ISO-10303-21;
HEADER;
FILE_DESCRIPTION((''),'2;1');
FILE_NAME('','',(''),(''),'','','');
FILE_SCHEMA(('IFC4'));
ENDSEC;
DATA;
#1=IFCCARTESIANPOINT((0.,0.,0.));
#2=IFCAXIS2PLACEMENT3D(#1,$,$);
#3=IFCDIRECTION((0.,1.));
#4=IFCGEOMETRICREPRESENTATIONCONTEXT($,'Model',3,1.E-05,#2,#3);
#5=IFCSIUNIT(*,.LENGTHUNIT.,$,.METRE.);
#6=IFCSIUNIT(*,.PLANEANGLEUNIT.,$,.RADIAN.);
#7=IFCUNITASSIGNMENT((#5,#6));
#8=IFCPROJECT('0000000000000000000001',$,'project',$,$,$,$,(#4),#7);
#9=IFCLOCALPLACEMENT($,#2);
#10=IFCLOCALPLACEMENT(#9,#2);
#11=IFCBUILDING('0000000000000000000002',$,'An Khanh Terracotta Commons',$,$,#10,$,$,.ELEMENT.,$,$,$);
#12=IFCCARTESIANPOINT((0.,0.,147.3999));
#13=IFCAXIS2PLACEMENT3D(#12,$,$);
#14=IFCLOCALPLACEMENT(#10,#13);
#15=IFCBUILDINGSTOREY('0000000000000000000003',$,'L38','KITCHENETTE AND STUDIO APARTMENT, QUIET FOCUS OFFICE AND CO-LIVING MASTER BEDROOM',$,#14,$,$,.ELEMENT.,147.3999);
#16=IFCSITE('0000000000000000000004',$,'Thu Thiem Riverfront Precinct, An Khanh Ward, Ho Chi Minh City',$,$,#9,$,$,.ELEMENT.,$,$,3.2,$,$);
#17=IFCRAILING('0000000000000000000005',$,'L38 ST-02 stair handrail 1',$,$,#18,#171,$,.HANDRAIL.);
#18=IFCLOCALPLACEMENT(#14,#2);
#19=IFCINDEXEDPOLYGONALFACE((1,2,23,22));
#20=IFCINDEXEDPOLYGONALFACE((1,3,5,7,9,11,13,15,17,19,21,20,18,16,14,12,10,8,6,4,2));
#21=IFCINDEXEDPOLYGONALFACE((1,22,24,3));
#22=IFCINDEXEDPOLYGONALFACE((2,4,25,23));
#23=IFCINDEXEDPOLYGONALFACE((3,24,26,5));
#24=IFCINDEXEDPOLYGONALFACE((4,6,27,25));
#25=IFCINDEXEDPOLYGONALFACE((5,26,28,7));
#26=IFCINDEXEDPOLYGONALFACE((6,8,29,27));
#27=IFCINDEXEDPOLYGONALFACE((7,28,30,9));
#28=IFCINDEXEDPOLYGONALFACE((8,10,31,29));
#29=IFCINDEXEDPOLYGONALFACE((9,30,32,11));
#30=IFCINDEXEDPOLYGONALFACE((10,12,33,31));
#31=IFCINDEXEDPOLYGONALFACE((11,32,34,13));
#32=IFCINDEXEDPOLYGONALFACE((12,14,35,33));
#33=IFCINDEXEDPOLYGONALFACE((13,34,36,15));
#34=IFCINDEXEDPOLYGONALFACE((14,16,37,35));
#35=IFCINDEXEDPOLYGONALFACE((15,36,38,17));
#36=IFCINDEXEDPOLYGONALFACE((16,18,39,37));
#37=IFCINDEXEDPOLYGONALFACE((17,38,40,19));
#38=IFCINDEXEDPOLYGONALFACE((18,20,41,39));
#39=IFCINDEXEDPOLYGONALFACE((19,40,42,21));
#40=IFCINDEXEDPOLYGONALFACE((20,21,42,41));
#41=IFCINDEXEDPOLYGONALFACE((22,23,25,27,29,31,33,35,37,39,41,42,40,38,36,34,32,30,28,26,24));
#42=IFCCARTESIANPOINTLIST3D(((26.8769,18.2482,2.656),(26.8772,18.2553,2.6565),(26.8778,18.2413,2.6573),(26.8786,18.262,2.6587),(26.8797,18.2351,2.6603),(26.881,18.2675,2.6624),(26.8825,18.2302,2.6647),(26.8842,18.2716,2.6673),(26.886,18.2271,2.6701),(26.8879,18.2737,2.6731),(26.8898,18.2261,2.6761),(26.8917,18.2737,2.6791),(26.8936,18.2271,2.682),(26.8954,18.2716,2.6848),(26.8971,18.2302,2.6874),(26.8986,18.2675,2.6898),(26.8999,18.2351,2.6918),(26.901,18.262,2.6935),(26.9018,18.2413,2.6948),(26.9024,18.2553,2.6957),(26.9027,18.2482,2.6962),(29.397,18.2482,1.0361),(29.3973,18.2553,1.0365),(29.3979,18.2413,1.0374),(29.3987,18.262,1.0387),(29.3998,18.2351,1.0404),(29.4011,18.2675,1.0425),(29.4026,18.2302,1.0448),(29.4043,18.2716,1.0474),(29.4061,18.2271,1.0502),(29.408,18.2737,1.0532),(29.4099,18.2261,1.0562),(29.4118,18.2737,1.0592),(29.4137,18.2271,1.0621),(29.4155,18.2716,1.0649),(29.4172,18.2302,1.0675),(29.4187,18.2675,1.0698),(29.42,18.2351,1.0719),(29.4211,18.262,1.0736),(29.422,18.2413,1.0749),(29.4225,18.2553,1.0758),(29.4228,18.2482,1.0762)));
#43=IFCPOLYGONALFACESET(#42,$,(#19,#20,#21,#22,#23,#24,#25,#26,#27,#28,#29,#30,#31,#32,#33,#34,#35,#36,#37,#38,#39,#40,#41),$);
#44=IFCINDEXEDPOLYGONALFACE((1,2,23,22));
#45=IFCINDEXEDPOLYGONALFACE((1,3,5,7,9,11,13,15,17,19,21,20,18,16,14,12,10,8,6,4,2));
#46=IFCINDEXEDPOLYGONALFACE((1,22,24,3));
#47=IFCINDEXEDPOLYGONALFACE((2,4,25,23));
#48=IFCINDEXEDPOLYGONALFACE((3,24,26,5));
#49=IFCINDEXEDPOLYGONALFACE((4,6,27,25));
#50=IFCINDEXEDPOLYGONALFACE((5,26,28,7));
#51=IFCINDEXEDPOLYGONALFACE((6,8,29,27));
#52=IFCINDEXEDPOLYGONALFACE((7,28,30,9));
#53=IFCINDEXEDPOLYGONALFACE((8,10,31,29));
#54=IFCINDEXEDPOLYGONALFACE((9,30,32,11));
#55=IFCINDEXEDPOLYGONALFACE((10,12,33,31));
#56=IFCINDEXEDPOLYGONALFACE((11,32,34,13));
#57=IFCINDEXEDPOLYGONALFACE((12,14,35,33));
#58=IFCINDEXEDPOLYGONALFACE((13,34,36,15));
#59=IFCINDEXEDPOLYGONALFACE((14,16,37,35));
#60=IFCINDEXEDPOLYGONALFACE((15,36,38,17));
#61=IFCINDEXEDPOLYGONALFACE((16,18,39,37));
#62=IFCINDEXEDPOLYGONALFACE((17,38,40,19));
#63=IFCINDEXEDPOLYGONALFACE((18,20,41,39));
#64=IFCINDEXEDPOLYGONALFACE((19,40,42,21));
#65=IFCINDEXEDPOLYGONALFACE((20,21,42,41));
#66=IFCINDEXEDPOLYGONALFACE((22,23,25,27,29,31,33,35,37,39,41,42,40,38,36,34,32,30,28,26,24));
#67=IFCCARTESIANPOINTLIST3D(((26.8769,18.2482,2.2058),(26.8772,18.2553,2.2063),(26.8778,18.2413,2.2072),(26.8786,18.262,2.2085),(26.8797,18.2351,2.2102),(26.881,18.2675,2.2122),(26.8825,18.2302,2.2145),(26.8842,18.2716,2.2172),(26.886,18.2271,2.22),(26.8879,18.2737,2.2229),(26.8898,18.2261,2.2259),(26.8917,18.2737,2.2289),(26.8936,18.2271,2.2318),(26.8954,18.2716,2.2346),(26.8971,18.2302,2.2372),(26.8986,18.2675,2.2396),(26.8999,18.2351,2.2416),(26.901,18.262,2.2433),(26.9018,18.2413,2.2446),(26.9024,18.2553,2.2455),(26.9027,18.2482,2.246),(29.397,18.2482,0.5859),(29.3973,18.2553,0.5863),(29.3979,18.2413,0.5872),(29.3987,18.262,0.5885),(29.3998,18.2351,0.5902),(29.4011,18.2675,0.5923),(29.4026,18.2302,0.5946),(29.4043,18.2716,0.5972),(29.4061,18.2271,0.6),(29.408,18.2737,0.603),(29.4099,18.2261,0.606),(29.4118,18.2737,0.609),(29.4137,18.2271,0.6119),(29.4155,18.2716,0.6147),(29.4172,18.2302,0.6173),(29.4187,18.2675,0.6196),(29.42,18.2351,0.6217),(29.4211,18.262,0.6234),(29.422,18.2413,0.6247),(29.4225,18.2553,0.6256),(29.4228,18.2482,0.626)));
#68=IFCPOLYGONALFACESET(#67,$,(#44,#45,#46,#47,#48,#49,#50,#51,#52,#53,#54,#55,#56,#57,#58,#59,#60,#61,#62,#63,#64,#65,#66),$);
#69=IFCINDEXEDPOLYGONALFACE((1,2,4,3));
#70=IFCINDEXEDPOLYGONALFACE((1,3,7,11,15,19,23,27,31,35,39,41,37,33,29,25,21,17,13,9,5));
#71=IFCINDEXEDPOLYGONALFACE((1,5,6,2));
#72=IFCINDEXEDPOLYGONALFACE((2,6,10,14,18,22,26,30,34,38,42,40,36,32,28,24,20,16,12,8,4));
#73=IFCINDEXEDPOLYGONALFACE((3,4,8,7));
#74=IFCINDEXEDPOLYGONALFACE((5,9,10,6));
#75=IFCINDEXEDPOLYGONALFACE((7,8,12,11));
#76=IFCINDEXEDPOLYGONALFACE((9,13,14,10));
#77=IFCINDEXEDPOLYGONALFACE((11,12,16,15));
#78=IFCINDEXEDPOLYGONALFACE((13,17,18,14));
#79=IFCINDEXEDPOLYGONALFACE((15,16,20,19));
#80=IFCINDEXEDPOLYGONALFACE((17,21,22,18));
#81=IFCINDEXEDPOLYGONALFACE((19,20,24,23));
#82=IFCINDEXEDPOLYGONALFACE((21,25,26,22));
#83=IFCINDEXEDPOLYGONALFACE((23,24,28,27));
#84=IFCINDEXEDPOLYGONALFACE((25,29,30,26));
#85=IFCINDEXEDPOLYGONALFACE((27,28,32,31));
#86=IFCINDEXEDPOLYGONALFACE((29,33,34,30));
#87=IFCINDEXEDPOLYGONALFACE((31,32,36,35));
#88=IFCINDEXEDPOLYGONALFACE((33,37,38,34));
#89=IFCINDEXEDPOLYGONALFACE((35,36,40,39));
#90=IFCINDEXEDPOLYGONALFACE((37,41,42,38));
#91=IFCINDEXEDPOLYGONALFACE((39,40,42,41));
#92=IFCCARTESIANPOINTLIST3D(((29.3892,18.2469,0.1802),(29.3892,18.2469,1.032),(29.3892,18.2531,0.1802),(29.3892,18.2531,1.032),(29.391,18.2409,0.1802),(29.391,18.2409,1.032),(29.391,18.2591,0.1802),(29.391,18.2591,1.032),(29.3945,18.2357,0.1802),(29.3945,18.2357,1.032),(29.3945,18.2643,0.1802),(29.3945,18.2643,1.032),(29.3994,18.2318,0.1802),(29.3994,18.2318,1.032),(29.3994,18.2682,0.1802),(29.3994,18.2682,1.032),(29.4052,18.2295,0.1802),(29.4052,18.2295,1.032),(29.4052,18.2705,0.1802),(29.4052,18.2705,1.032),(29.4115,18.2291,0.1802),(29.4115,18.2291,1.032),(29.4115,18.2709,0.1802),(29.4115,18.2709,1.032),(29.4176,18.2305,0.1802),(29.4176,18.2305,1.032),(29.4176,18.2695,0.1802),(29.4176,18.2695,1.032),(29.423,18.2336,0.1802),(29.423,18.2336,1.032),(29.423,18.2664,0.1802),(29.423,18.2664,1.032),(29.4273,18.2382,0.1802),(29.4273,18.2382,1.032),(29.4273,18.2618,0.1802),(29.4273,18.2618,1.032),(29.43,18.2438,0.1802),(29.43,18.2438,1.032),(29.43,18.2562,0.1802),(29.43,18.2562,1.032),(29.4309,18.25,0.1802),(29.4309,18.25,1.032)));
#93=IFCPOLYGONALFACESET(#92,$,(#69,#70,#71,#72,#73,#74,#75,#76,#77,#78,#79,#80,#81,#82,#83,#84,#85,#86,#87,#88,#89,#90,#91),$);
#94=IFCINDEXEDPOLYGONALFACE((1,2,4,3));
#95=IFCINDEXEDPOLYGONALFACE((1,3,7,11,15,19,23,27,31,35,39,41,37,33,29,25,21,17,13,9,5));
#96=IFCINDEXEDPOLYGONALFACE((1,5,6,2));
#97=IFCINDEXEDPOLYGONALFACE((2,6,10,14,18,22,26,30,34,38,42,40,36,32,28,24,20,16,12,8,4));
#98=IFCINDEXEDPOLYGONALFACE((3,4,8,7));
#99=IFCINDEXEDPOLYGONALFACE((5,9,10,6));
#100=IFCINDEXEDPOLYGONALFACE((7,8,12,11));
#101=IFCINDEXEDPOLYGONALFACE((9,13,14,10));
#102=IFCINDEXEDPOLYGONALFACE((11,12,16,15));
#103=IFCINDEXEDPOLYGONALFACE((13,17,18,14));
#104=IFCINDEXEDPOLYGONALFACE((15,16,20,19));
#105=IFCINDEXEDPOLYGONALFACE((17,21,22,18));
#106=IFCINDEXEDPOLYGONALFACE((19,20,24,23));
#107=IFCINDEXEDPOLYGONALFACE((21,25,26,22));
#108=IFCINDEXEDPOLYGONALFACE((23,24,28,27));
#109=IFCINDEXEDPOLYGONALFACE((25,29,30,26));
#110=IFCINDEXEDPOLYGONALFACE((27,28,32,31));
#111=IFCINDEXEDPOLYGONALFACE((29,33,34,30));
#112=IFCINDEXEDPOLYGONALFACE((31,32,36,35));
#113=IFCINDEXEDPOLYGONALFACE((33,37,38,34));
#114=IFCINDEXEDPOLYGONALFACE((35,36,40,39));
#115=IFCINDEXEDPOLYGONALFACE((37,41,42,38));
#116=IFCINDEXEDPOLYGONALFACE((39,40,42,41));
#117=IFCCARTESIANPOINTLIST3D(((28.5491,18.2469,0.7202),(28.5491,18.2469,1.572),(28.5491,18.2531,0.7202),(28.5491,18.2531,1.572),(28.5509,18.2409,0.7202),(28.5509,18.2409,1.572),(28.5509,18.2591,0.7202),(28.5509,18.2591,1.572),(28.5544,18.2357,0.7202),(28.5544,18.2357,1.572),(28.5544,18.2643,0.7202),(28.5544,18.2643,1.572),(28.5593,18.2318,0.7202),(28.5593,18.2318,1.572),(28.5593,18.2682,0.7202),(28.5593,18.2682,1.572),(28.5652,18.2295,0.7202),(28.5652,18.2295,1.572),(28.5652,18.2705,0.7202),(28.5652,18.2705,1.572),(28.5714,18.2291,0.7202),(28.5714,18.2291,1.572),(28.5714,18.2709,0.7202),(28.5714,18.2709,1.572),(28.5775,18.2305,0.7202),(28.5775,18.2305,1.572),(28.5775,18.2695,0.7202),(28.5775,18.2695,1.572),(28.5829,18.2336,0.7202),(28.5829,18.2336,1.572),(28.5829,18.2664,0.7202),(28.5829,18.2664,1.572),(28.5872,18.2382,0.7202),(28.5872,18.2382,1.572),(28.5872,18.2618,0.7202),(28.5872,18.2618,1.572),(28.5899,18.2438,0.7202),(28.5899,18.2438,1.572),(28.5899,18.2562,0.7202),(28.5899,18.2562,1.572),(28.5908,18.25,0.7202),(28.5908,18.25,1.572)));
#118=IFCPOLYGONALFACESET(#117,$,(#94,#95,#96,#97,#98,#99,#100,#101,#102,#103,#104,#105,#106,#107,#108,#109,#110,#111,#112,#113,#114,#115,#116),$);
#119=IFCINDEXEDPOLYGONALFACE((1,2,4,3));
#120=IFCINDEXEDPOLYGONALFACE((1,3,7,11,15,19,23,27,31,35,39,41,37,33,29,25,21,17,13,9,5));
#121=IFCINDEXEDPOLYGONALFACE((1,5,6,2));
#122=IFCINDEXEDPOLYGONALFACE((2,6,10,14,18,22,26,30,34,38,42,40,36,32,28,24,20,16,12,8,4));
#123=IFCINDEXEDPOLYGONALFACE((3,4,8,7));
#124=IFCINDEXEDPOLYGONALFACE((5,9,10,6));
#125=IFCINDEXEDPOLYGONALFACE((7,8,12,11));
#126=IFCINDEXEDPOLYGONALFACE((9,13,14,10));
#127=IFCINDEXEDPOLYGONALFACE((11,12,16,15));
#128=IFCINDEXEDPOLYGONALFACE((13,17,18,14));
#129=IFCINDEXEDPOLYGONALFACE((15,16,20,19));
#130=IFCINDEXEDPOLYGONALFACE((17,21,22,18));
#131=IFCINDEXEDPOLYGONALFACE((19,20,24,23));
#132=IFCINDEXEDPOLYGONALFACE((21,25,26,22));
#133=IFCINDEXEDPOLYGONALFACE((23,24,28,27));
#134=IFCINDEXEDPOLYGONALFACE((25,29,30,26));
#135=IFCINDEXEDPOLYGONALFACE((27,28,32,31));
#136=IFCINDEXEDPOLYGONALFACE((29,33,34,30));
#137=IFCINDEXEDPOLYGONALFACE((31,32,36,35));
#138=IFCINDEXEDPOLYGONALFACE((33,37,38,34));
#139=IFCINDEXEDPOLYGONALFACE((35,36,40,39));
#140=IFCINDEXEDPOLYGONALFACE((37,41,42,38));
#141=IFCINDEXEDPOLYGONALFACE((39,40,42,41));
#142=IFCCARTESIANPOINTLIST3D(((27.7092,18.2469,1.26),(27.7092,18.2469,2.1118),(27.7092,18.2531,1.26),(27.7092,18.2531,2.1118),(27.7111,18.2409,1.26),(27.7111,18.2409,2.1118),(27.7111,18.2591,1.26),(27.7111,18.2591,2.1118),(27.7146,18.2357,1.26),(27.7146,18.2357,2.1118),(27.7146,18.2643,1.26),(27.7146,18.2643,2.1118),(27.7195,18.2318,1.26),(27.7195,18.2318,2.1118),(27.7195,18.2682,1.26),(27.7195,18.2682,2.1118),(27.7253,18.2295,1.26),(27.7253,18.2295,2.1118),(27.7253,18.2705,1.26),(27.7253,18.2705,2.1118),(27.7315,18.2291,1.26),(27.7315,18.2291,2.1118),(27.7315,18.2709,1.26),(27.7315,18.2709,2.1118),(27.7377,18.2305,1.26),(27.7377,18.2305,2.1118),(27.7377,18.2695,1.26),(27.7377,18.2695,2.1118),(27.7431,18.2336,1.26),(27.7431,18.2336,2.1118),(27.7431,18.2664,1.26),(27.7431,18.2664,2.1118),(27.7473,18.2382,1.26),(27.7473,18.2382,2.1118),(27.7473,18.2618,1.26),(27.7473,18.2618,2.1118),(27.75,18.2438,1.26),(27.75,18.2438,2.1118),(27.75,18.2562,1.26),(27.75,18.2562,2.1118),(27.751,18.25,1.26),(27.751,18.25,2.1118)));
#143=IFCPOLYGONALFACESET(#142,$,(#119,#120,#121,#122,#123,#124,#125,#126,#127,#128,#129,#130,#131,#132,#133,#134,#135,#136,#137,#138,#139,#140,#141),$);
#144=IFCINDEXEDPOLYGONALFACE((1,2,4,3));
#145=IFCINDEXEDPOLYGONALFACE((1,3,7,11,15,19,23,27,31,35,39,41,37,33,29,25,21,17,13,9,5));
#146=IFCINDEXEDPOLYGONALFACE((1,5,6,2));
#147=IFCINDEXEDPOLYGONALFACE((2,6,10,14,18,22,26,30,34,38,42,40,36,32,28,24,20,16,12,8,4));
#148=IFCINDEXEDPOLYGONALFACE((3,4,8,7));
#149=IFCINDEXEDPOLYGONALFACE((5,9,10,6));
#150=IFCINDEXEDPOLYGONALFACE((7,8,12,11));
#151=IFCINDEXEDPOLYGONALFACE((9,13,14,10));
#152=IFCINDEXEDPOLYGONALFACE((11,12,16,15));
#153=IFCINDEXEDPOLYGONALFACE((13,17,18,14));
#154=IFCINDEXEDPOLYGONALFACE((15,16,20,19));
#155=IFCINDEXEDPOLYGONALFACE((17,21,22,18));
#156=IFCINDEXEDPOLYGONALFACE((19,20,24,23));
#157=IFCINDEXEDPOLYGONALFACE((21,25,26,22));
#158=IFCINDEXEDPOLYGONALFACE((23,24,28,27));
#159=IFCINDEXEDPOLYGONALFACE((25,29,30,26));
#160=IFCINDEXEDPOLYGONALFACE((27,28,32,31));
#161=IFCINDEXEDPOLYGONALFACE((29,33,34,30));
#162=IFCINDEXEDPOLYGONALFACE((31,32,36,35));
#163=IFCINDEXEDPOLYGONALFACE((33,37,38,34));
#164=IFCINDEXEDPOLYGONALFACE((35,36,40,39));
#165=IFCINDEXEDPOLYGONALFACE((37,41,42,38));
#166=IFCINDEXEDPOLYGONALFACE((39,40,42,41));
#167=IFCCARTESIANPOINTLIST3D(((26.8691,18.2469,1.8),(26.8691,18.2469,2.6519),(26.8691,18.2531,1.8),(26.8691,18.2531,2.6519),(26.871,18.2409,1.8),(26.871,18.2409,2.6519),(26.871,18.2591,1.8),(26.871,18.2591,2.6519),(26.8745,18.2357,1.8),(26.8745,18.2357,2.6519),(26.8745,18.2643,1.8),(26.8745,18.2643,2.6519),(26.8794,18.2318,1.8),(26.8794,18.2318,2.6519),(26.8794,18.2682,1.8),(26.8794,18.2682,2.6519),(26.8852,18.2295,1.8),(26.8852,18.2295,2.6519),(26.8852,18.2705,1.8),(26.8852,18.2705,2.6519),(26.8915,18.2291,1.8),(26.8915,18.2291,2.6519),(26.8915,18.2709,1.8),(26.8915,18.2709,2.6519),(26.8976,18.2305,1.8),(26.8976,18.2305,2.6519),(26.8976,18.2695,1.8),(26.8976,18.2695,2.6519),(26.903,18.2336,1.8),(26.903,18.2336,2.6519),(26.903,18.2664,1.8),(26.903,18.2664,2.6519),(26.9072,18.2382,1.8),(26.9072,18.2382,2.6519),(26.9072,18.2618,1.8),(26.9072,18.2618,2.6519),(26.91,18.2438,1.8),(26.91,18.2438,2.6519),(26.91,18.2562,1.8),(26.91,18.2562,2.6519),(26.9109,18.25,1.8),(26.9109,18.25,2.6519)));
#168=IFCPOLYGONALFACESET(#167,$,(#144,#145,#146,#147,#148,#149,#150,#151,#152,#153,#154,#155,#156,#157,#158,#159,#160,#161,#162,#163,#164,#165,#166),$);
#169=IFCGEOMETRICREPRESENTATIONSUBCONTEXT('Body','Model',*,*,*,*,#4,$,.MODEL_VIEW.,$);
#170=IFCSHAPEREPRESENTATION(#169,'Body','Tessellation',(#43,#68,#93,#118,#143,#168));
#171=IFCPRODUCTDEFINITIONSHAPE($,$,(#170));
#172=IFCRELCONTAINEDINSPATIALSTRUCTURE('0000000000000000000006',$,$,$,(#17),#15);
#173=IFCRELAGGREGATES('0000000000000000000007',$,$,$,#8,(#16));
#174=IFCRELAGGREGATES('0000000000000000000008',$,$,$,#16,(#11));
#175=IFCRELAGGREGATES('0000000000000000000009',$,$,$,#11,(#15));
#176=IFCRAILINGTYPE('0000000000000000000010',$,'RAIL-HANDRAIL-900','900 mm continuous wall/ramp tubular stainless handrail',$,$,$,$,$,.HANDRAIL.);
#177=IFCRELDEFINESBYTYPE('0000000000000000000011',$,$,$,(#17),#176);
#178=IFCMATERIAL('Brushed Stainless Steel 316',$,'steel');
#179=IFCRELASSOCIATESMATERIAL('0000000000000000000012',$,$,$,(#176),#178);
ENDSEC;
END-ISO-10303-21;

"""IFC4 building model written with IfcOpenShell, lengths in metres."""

from ifc_helpers import new_model, si_unit, direction, frame, origin, origin_2d, place, context, subcontext, project, spatial, circle, extrude, material, type_object, element, save


model = new_model("IFC4")

# Units and contexts
model_context = context("Model", 3, precision=1e-05, world=origin(), true_north=direction((0.0, 1.0)))
body_context = subcontext(model_context, "Body", "Model", "MODEL_VIEW")
ifc_project = project(units=[si_unit("LENGTHUNIT", "METRE"), si_unit("PLANEANGLEUNIT", "RADIAN")], contexts=[model_context])

# Site, building, storey
site_placement = place(None, origin())
site = spatial("IfcSite", under=ifc_project, at=site_placement, Name="Thu Thiem Riverfront Precinct, An Khanh Ward, Ho Chi Minh City", CompositionType="ELEMENT", RefElevation=3.2)
building_placement = place(site_placement, origin())
building = spatial("IfcBuilding", under=site, at=building_placement, Name="An Khanh Terracotta Commons", CompositionType="ELEMENT")
storey_placement = place(building_placement, frame((0.0, 0.0, 147.3999)))
storey = spatial("IfcBuildingStorey", under=building, at=storey_placement, Name="L38", Description="KITCHENETTE AND STUDIO APARTMENT, QUIET FOCUS OFFICE AND CO-LIVING MASTER BEDROOM", CompositionType="ELEMENT", Elevation=147.3999)

# Railing
ifc_material_1 = material(Name="Brushed Stainless Steel 316", Category="steel")
railing_type_1 = type_object("IfcRailingType", Name="RAIL-HANDRAIL-900", Description="900 mm continuous wall/ramp tubular stainless handrail", PredefinedType="HANDRAIL", material=ifc_material_1)
railing_1_placement = place(storey_placement, frame((29.4099, 18.25, 0.1802)))
element("IfcRailing", 1, at=railing_1_placement, inside=storey, type_object=railing_type_1, Name="L38 ST-02 stair handrail 1", PredefinedType="HANDRAIL", context=body_context, shape_type="SweptSolid", body=[
    extrude(circle(Radius=0.0239, at=origin_2d()), frame((0.0, 0.0, 0.876), z_axis=(-0.8412, 0.0, 0.540725), x_axis=(0.0, -1.0, 0.0)), (0.0, 0.0, 1.0), 2.9958),
    extrude(circle(Radius=0.0239, at=origin_2d()), frame((0.0, 0.0, 0.4258), z_axis=(-0.8412, 0.0, 0.540725), x_axis=(0.0, -1.0, 0.0)), (0.0, 0.0, 1.0), 2.9958),
    extrude(circle(Radius=0.021, at=origin_2d()), origin(), (0.0, 0.0, 1.0), 0.8518),
    extrude(circle(Radius=0.021, at=origin_2d()), frame((-0.8401, 0.0, 0.54)), (0.0, 0.0, 1.0), 0.8518),
    extrude(circle(Radius=0.021, at=origin_2d()), frame((-1.6799, 0.0, 1.0798)), (0.0, 0.0, 1.0), 0.8518),
    extrude(circle(Radius=0.021, at=origin_2d()), frame((-2.52, 0.0, 1.6199)), (0.0, 0.0, 1.0), 0.8518),
])

save(model, "model.ifc")
